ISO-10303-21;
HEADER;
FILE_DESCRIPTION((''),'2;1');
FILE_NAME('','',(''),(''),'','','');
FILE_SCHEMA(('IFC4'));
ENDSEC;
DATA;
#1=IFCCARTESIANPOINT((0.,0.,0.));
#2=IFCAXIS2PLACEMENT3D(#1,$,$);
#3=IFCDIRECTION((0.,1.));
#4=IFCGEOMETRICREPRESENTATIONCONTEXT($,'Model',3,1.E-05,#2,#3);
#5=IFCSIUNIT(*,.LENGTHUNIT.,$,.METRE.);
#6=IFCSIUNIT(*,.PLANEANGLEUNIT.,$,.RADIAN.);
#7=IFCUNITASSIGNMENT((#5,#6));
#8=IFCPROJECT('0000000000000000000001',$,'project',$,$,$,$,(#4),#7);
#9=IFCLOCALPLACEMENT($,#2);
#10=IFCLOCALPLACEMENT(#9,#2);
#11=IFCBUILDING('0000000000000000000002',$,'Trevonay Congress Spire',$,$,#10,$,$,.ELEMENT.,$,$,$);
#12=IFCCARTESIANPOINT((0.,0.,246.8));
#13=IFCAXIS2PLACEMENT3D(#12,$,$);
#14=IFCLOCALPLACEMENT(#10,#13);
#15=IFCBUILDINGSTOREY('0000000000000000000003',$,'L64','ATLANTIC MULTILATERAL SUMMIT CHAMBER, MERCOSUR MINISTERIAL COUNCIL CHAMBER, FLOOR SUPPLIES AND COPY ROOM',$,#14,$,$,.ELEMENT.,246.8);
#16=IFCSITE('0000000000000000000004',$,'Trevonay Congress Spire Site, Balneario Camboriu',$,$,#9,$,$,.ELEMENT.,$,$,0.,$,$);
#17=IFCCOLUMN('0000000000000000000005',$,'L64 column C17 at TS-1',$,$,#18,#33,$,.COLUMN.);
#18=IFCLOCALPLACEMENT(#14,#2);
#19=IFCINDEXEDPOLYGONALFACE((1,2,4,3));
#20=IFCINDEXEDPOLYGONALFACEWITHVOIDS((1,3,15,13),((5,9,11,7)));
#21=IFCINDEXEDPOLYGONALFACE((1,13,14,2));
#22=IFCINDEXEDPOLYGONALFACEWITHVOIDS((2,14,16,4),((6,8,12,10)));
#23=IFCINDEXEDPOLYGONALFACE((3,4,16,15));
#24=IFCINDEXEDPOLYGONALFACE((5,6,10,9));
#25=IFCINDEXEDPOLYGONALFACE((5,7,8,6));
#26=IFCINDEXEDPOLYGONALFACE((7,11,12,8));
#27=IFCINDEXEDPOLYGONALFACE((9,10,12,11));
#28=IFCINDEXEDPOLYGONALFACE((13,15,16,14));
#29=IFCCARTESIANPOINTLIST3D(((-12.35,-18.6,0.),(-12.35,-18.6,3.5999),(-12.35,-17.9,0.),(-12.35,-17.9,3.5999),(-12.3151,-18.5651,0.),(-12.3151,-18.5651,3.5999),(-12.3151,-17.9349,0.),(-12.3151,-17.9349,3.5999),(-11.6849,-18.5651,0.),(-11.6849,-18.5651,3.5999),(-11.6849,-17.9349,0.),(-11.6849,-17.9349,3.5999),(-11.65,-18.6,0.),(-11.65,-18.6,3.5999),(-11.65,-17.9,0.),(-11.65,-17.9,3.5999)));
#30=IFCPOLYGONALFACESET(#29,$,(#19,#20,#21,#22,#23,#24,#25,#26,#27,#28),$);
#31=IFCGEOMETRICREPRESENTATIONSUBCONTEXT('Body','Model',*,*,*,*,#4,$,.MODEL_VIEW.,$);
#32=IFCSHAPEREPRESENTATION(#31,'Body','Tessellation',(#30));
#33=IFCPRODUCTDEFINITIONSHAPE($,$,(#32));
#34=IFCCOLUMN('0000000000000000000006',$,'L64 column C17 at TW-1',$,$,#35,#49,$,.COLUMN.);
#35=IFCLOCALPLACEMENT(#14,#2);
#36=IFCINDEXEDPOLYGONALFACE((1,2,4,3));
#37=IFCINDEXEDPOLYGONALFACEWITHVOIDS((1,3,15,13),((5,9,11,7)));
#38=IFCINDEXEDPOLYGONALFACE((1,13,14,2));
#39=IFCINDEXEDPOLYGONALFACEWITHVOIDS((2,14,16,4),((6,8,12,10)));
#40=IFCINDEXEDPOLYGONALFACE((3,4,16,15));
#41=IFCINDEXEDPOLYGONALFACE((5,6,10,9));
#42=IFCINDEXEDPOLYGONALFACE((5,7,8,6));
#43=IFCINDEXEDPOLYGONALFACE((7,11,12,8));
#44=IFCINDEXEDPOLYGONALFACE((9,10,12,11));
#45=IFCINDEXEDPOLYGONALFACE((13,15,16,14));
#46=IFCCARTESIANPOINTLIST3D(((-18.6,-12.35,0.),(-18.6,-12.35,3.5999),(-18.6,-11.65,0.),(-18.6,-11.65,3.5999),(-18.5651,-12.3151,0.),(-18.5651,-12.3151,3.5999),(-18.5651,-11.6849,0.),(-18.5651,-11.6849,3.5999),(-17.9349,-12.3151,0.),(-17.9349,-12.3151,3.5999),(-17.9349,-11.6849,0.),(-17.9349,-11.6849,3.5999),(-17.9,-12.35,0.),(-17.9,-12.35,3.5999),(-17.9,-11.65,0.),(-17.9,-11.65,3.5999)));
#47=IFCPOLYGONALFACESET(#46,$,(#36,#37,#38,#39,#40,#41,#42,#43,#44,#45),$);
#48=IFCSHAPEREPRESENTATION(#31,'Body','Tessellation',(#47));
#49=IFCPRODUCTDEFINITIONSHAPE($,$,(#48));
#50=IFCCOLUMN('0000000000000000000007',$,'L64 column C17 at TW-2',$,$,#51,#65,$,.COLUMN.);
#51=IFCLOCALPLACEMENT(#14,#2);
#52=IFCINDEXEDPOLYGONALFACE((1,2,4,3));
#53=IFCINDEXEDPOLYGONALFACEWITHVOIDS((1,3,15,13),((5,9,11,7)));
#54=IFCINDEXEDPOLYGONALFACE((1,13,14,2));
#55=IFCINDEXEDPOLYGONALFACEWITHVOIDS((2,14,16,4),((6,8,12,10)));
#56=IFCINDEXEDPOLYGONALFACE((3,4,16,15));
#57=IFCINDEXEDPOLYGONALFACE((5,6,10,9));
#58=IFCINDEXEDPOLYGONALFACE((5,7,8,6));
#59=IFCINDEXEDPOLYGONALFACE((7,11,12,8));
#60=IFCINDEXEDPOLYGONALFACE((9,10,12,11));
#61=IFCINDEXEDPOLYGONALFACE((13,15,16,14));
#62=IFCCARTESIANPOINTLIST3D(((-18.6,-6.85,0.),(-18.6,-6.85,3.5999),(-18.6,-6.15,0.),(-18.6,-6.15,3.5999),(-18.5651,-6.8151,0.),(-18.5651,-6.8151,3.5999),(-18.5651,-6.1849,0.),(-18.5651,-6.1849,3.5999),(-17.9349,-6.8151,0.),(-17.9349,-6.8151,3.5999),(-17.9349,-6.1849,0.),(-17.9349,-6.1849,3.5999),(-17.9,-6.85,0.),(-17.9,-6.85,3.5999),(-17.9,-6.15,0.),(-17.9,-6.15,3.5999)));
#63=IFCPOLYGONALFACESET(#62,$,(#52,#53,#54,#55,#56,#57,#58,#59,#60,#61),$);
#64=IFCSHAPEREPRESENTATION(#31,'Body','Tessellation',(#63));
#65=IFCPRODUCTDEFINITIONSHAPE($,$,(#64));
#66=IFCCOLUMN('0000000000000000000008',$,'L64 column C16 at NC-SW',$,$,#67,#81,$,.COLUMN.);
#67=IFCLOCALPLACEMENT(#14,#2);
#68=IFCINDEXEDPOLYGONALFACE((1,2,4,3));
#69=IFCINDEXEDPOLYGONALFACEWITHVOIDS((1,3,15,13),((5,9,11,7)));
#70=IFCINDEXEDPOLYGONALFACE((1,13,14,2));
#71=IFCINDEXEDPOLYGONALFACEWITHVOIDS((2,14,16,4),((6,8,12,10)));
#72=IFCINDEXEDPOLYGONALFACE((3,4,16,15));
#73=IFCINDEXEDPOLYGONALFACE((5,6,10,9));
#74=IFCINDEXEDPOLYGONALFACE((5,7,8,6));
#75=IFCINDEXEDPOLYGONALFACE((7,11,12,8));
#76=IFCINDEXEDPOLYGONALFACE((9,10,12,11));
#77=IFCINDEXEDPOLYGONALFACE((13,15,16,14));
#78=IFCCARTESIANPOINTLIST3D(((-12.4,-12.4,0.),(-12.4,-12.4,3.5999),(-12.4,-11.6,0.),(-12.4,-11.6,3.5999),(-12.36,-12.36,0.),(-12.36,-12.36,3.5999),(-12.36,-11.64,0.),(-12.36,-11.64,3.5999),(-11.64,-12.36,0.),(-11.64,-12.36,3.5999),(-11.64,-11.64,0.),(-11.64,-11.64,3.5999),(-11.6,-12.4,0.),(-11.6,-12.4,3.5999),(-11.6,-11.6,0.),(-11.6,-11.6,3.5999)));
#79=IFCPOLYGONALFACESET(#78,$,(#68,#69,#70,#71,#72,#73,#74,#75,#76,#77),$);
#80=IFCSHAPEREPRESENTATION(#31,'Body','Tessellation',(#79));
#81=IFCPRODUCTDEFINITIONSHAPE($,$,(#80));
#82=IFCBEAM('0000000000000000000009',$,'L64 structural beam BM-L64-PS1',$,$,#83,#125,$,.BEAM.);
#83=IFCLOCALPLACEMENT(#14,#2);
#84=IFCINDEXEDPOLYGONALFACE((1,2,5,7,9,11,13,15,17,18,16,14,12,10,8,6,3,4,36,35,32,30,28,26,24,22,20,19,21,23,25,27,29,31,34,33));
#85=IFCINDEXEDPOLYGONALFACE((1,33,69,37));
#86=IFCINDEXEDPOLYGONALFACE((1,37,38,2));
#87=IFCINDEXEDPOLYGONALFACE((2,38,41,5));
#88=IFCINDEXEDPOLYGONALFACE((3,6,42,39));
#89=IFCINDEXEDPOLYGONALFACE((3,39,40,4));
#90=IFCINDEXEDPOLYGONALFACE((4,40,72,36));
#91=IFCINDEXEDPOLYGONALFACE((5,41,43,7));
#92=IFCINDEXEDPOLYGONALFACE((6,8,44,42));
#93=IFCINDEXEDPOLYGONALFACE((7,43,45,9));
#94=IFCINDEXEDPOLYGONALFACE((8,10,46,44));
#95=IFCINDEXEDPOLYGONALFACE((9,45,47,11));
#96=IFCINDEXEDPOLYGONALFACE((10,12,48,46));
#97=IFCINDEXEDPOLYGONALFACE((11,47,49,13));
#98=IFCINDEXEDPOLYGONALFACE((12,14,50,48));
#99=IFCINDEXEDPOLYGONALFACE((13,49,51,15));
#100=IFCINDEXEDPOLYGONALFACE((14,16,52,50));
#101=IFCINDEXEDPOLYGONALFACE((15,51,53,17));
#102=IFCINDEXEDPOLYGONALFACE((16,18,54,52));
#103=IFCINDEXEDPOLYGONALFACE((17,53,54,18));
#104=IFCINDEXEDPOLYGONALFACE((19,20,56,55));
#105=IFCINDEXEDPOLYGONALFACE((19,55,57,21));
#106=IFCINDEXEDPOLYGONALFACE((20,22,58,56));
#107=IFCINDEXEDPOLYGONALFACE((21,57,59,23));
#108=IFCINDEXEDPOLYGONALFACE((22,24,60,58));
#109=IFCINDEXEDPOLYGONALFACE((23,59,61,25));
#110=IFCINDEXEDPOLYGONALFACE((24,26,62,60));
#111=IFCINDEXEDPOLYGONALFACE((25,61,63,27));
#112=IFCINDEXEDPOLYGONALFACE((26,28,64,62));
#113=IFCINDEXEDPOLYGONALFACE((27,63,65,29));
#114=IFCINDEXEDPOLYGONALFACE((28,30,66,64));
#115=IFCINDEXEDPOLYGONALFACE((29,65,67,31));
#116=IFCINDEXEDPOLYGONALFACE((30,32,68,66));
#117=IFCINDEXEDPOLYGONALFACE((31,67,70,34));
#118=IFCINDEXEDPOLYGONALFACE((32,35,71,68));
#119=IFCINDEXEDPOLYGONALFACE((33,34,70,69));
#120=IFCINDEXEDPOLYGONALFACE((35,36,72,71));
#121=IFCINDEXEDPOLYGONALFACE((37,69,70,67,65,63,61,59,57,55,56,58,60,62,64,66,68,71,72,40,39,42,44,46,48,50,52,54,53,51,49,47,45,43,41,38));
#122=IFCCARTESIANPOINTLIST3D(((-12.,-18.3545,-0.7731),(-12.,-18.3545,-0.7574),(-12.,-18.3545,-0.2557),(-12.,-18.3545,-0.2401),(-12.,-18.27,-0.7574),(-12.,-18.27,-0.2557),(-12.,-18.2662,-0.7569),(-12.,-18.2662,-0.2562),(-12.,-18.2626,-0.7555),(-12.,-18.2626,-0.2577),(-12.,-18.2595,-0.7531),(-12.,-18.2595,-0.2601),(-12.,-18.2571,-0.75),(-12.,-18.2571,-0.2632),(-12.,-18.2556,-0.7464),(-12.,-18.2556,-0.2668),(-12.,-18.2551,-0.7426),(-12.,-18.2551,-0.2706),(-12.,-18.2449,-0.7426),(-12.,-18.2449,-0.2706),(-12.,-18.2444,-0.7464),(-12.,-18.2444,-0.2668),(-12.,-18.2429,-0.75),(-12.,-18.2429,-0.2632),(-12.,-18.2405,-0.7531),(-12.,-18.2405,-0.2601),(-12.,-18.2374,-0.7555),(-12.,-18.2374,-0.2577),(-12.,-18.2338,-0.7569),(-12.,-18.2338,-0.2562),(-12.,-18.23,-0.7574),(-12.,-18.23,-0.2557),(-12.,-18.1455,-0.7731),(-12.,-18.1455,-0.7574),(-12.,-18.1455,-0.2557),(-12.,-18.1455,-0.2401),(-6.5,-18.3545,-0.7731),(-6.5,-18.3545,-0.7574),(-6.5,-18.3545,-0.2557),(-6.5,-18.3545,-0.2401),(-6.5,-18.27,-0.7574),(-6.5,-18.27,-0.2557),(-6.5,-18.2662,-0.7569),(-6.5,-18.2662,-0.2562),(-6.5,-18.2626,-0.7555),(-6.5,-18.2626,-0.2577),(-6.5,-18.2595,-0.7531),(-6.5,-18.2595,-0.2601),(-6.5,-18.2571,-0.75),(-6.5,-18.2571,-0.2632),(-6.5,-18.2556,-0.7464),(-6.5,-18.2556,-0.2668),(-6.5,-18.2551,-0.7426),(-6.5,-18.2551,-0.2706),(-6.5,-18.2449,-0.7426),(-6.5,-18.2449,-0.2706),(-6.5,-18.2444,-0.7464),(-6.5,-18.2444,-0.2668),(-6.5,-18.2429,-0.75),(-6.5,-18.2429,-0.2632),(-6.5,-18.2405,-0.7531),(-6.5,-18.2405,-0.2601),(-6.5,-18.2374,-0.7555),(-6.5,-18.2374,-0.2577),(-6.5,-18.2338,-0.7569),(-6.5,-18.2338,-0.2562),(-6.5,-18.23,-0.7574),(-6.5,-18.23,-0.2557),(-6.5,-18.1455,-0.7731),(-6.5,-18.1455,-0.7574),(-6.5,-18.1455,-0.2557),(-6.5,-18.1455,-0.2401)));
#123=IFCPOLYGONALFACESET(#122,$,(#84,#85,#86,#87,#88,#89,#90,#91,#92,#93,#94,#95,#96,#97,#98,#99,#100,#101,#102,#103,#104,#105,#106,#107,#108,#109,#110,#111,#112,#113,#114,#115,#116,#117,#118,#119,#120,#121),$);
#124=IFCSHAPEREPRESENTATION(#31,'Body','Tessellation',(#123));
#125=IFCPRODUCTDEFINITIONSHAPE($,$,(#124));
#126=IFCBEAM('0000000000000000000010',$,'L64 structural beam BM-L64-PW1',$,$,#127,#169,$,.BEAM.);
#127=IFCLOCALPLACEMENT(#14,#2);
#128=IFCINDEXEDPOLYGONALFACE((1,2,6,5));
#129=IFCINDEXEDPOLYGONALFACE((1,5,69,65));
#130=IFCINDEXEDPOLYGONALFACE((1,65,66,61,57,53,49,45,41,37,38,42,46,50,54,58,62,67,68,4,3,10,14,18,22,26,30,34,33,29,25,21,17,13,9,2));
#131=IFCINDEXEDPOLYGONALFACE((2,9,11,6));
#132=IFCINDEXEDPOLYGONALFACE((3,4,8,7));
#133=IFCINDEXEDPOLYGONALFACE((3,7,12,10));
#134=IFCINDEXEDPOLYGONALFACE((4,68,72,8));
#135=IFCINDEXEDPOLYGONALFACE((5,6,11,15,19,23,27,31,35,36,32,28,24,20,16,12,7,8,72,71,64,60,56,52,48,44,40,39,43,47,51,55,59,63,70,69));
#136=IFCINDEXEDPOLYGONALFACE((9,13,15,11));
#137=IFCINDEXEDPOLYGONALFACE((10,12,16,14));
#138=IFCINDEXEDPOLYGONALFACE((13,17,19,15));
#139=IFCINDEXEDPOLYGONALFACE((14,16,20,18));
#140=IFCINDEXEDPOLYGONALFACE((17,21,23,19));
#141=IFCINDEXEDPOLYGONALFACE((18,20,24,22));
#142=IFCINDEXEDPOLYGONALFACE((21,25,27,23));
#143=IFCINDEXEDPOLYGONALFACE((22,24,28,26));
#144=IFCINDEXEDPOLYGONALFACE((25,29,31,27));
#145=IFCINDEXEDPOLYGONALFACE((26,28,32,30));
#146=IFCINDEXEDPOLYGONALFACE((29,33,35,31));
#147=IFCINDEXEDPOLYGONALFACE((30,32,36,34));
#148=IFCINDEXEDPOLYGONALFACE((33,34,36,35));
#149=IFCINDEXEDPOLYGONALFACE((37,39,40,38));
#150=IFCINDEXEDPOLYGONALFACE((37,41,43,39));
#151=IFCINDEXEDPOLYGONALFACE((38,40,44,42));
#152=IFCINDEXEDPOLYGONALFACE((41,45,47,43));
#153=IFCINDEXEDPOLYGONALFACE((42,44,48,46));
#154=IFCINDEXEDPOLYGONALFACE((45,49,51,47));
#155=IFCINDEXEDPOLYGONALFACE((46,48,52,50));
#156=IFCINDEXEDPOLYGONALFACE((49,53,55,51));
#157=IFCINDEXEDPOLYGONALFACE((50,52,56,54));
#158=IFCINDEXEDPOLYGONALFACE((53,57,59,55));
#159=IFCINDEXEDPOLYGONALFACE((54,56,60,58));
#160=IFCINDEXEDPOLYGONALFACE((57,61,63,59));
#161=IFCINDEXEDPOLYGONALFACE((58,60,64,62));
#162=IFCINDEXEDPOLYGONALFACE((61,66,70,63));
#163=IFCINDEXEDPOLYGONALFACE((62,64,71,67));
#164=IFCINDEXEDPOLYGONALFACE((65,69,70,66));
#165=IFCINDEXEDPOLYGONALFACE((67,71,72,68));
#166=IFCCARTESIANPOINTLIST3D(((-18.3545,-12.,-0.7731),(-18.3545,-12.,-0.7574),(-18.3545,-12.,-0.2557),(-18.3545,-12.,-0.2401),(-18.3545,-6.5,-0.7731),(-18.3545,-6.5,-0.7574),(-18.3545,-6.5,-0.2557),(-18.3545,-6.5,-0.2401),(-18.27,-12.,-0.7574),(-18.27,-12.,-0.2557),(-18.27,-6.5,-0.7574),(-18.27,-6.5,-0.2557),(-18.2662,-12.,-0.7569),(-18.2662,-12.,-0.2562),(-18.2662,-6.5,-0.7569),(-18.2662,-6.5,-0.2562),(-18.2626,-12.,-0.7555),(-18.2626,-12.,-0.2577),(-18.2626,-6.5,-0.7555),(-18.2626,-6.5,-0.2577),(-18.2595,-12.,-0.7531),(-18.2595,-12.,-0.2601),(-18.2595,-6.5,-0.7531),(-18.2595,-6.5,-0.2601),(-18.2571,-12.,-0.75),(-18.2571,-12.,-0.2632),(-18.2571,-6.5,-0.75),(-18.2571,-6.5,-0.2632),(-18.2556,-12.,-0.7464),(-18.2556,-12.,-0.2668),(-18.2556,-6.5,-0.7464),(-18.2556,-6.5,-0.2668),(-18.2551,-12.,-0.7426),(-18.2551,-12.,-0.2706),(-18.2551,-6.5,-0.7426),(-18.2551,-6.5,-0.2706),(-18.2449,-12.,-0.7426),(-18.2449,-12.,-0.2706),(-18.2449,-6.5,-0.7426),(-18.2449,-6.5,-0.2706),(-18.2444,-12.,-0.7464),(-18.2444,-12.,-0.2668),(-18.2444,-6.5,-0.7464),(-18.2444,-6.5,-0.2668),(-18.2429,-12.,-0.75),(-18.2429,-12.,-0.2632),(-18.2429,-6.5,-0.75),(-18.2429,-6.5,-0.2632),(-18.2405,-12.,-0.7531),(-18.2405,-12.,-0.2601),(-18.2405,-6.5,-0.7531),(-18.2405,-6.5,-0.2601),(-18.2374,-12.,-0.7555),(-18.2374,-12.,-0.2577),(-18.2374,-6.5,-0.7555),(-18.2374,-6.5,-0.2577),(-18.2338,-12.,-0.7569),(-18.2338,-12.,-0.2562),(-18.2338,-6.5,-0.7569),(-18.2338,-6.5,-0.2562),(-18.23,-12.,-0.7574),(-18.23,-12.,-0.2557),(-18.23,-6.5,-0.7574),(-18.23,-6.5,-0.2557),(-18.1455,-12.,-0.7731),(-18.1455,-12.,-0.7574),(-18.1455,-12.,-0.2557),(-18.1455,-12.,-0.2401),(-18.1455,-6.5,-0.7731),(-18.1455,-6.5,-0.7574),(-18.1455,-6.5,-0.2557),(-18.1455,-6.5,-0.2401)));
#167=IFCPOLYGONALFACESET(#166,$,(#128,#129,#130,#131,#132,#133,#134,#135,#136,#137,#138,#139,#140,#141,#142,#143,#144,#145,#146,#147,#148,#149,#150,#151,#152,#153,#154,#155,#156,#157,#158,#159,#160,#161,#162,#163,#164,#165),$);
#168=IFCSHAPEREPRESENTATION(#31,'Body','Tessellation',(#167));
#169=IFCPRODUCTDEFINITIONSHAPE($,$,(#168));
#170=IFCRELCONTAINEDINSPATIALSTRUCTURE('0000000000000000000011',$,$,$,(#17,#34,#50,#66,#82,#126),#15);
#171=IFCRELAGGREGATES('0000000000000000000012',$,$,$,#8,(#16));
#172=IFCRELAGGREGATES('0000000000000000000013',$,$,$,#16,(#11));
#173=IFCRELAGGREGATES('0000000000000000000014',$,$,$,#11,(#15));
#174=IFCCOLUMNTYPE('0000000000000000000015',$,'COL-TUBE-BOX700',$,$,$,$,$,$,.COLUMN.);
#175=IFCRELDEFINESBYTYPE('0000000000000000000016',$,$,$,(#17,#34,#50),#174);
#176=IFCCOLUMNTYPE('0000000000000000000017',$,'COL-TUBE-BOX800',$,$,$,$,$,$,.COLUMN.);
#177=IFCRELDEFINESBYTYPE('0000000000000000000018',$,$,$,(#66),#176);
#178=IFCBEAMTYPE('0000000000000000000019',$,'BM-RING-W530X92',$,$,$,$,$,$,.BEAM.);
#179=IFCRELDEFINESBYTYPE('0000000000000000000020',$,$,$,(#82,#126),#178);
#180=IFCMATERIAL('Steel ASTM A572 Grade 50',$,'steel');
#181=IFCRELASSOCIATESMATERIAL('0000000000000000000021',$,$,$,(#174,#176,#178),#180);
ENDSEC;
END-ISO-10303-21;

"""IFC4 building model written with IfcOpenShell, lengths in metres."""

from ifc_helpers import new_model, si_unit, direction, frame, origin, origin_2d, place, context, subcontext, project, spatial, hollow_rectangle, i_section, extrude, material, material_profile, profile_set, type_object, element, save


model = new_model("IFC4")

# Units and contexts
model_context = context("Model", 3, precision=1e-05, world=origin(), true_north=direction((0.0, 1.0)))
body_context = subcontext(model_context, "Body", "Model", "MODEL_VIEW")
ifc_project = project(units=[si_unit("LENGTHUNIT", "METRE"), si_unit("PLANEANGLEUNIT", "RADIAN")], contexts=[model_context])

# Site, building, storey
site_placement = place(None, origin())
site = spatial("IfcSite", under=ifc_project, at=site_placement, Name="Trevonay Congress Spire Site, Balneario Camboriu", CompositionType="ELEMENT", RefElevation=0.0)
building_placement = place(site_placement, origin())
building = spatial("IfcBuilding", under=site, at=building_placement, Name="Trevonay Congress Spire", CompositionType="ELEMENT")
storey_placement = place(building_placement, frame((0.0, 0.0, 246.8)))
storey = spatial("IfcBuildingStorey", under=building, at=storey_placement, Name="L64", Description="ATLANTIC MULTILATERAL SUMMIT CHAMBER, MERCOSUR MINISTERIAL COUNCIL CHAMBER, FLOOR SUPPLIES AND COPY ROOM", CompositionType="ELEMENT", Elevation=246.8)

# Columns
ifc_material_1 = material(Name="Steel ASTM A572 Grade 50", Category="steel")
ifc_material_profile_1 = material_profile(ifc_material_1, hollow_rectangle(XDim=0.7, YDim=0.7, WallThickness=0.0349, at=origin_2d()), Name="BOX 700x700x35")
ifc_profile_set_1 = profile_set([ifc_material_profile_1], Name="Steel ASTM A572 Grade 50")
column_type_1 = type_object("IfcColumnType", Name="COL-TUBE-BOX700", PredefinedType="COLUMN", material=ifc_profile_set_1)
for number, where, z_axis, x_axis, name in (
    (1, (-12.0, -18.25, 0.0), (0.0, 0.0, 1.0), (1.0, 0.0, 0.0), "L64 column C17 at TS-1"),
    (2, (-18.25, -12.0, 0.0), (0.0, 0.0, 1.0), (1.0, 0.0, 0.0), "L64 column C17 at TW-1"),
    (3, (-18.25, -6.5, 0.0), (0.0, 0.0, 1.0), (1.0, 0.0, 0.0), "L64 column C17 at TW-2"),
):
    element("IfcColumn", number, at=place(storey_placement, frame(where, z_axis=z_axis, x_axis=x_axis)), inside=storey, type_object=column_type_1, Name=name, PredefinedType="COLUMN", context=body_context, shape_type="SweptSolid", body=[
        extrude(hollow_rectangle(XDim=0.7, YDim=0.7, WallThickness=0.0349, at=origin_2d()), origin(), (0.0, 0.0, 1.0), 3.5999),
    ])
ifc_material_profile_2 = material_profile(ifc_material_1, hollow_rectangle(XDim=0.8, YDim=0.8, WallThickness=0.04, at=origin_2d()), Name="BOX 800x800x40")
ifc_profile_set_2 = profile_set([ifc_material_profile_2], Name="Steel ASTM A572 Grade 50")
column_type_2 = type_object("IfcColumnType", Name="COL-TUBE-BOX800", PredefinedType="COLUMN", material=ifc_profile_set_2)
column_placement = place(storey_placement, frame((-12.0, -12.0, 0.0), z_axis=(0.0, 0.0, 1.0), x_axis=(1.0, 0.0, 0.0)))
element("IfcColumn", 4, at=column_placement, inside=storey, type_object=column_type_2, Name="L64 column C16 at NC-SW", PredefinedType="COLUMN", context=body_context, shape_type="SweptSolid", body=[
    extrude(hollow_rectangle(XDim=0.8, YDim=0.8, WallThickness=0.04, at=origin_2d()), origin(), (0.0, 0.0, 1.0), 3.5999),
])

# Beams
ifc_material_profile_3 = material_profile(ifc_material_1, i_section(OverallWidth=0.209, OverallDepth=0.533, WebThickness=0.0103, FlangeThickness=0.0156, FilletRadius=0.0149, at=origin_2d()), Name="W530x92")
ifc_profile_set_3 = profile_set([ifc_material_profile_3], Name="Steel ASTM A572 Grade 50")
beam_type_1 = type_object("IfcBeamType", Name="BM-RING-W530X92", PredefinedType="BEAM", material=ifc_profile_set_3)
for number, where, z_axis, x_axis, name in (
    (5, (-12.0, -18.25, -0.5066), (1.0, 0.0, 0.0), (0.0, 1.0, 0.0), "L64 structural beam BM-L64-PS1"),
    (6, (-18.25, -12.0, -0.5066), (0.0, 1.0, 0.0), (-1.0, 0.0, 0.0), "L64 structural beam BM-L64-PW1"),
):
    element("IfcBeam", number, at=place(storey_placement, frame(where, z_axis=z_axis, x_axis=x_axis)), inside=storey, type_object=beam_type_1, Name=name, PredefinedType="BEAM", context=body_context, shape_type="SweptSolid", body=[
        extrude(i_section(OverallWidth=0.209, OverallDepth=0.533, WebThickness=0.0103, FlangeThickness=0.0156, FilletRadius=0.0149, at=origin_2d()), origin(), (0.0, 0.0, 1.0), 5.5),
    ])

save(model, "model.ifc")
